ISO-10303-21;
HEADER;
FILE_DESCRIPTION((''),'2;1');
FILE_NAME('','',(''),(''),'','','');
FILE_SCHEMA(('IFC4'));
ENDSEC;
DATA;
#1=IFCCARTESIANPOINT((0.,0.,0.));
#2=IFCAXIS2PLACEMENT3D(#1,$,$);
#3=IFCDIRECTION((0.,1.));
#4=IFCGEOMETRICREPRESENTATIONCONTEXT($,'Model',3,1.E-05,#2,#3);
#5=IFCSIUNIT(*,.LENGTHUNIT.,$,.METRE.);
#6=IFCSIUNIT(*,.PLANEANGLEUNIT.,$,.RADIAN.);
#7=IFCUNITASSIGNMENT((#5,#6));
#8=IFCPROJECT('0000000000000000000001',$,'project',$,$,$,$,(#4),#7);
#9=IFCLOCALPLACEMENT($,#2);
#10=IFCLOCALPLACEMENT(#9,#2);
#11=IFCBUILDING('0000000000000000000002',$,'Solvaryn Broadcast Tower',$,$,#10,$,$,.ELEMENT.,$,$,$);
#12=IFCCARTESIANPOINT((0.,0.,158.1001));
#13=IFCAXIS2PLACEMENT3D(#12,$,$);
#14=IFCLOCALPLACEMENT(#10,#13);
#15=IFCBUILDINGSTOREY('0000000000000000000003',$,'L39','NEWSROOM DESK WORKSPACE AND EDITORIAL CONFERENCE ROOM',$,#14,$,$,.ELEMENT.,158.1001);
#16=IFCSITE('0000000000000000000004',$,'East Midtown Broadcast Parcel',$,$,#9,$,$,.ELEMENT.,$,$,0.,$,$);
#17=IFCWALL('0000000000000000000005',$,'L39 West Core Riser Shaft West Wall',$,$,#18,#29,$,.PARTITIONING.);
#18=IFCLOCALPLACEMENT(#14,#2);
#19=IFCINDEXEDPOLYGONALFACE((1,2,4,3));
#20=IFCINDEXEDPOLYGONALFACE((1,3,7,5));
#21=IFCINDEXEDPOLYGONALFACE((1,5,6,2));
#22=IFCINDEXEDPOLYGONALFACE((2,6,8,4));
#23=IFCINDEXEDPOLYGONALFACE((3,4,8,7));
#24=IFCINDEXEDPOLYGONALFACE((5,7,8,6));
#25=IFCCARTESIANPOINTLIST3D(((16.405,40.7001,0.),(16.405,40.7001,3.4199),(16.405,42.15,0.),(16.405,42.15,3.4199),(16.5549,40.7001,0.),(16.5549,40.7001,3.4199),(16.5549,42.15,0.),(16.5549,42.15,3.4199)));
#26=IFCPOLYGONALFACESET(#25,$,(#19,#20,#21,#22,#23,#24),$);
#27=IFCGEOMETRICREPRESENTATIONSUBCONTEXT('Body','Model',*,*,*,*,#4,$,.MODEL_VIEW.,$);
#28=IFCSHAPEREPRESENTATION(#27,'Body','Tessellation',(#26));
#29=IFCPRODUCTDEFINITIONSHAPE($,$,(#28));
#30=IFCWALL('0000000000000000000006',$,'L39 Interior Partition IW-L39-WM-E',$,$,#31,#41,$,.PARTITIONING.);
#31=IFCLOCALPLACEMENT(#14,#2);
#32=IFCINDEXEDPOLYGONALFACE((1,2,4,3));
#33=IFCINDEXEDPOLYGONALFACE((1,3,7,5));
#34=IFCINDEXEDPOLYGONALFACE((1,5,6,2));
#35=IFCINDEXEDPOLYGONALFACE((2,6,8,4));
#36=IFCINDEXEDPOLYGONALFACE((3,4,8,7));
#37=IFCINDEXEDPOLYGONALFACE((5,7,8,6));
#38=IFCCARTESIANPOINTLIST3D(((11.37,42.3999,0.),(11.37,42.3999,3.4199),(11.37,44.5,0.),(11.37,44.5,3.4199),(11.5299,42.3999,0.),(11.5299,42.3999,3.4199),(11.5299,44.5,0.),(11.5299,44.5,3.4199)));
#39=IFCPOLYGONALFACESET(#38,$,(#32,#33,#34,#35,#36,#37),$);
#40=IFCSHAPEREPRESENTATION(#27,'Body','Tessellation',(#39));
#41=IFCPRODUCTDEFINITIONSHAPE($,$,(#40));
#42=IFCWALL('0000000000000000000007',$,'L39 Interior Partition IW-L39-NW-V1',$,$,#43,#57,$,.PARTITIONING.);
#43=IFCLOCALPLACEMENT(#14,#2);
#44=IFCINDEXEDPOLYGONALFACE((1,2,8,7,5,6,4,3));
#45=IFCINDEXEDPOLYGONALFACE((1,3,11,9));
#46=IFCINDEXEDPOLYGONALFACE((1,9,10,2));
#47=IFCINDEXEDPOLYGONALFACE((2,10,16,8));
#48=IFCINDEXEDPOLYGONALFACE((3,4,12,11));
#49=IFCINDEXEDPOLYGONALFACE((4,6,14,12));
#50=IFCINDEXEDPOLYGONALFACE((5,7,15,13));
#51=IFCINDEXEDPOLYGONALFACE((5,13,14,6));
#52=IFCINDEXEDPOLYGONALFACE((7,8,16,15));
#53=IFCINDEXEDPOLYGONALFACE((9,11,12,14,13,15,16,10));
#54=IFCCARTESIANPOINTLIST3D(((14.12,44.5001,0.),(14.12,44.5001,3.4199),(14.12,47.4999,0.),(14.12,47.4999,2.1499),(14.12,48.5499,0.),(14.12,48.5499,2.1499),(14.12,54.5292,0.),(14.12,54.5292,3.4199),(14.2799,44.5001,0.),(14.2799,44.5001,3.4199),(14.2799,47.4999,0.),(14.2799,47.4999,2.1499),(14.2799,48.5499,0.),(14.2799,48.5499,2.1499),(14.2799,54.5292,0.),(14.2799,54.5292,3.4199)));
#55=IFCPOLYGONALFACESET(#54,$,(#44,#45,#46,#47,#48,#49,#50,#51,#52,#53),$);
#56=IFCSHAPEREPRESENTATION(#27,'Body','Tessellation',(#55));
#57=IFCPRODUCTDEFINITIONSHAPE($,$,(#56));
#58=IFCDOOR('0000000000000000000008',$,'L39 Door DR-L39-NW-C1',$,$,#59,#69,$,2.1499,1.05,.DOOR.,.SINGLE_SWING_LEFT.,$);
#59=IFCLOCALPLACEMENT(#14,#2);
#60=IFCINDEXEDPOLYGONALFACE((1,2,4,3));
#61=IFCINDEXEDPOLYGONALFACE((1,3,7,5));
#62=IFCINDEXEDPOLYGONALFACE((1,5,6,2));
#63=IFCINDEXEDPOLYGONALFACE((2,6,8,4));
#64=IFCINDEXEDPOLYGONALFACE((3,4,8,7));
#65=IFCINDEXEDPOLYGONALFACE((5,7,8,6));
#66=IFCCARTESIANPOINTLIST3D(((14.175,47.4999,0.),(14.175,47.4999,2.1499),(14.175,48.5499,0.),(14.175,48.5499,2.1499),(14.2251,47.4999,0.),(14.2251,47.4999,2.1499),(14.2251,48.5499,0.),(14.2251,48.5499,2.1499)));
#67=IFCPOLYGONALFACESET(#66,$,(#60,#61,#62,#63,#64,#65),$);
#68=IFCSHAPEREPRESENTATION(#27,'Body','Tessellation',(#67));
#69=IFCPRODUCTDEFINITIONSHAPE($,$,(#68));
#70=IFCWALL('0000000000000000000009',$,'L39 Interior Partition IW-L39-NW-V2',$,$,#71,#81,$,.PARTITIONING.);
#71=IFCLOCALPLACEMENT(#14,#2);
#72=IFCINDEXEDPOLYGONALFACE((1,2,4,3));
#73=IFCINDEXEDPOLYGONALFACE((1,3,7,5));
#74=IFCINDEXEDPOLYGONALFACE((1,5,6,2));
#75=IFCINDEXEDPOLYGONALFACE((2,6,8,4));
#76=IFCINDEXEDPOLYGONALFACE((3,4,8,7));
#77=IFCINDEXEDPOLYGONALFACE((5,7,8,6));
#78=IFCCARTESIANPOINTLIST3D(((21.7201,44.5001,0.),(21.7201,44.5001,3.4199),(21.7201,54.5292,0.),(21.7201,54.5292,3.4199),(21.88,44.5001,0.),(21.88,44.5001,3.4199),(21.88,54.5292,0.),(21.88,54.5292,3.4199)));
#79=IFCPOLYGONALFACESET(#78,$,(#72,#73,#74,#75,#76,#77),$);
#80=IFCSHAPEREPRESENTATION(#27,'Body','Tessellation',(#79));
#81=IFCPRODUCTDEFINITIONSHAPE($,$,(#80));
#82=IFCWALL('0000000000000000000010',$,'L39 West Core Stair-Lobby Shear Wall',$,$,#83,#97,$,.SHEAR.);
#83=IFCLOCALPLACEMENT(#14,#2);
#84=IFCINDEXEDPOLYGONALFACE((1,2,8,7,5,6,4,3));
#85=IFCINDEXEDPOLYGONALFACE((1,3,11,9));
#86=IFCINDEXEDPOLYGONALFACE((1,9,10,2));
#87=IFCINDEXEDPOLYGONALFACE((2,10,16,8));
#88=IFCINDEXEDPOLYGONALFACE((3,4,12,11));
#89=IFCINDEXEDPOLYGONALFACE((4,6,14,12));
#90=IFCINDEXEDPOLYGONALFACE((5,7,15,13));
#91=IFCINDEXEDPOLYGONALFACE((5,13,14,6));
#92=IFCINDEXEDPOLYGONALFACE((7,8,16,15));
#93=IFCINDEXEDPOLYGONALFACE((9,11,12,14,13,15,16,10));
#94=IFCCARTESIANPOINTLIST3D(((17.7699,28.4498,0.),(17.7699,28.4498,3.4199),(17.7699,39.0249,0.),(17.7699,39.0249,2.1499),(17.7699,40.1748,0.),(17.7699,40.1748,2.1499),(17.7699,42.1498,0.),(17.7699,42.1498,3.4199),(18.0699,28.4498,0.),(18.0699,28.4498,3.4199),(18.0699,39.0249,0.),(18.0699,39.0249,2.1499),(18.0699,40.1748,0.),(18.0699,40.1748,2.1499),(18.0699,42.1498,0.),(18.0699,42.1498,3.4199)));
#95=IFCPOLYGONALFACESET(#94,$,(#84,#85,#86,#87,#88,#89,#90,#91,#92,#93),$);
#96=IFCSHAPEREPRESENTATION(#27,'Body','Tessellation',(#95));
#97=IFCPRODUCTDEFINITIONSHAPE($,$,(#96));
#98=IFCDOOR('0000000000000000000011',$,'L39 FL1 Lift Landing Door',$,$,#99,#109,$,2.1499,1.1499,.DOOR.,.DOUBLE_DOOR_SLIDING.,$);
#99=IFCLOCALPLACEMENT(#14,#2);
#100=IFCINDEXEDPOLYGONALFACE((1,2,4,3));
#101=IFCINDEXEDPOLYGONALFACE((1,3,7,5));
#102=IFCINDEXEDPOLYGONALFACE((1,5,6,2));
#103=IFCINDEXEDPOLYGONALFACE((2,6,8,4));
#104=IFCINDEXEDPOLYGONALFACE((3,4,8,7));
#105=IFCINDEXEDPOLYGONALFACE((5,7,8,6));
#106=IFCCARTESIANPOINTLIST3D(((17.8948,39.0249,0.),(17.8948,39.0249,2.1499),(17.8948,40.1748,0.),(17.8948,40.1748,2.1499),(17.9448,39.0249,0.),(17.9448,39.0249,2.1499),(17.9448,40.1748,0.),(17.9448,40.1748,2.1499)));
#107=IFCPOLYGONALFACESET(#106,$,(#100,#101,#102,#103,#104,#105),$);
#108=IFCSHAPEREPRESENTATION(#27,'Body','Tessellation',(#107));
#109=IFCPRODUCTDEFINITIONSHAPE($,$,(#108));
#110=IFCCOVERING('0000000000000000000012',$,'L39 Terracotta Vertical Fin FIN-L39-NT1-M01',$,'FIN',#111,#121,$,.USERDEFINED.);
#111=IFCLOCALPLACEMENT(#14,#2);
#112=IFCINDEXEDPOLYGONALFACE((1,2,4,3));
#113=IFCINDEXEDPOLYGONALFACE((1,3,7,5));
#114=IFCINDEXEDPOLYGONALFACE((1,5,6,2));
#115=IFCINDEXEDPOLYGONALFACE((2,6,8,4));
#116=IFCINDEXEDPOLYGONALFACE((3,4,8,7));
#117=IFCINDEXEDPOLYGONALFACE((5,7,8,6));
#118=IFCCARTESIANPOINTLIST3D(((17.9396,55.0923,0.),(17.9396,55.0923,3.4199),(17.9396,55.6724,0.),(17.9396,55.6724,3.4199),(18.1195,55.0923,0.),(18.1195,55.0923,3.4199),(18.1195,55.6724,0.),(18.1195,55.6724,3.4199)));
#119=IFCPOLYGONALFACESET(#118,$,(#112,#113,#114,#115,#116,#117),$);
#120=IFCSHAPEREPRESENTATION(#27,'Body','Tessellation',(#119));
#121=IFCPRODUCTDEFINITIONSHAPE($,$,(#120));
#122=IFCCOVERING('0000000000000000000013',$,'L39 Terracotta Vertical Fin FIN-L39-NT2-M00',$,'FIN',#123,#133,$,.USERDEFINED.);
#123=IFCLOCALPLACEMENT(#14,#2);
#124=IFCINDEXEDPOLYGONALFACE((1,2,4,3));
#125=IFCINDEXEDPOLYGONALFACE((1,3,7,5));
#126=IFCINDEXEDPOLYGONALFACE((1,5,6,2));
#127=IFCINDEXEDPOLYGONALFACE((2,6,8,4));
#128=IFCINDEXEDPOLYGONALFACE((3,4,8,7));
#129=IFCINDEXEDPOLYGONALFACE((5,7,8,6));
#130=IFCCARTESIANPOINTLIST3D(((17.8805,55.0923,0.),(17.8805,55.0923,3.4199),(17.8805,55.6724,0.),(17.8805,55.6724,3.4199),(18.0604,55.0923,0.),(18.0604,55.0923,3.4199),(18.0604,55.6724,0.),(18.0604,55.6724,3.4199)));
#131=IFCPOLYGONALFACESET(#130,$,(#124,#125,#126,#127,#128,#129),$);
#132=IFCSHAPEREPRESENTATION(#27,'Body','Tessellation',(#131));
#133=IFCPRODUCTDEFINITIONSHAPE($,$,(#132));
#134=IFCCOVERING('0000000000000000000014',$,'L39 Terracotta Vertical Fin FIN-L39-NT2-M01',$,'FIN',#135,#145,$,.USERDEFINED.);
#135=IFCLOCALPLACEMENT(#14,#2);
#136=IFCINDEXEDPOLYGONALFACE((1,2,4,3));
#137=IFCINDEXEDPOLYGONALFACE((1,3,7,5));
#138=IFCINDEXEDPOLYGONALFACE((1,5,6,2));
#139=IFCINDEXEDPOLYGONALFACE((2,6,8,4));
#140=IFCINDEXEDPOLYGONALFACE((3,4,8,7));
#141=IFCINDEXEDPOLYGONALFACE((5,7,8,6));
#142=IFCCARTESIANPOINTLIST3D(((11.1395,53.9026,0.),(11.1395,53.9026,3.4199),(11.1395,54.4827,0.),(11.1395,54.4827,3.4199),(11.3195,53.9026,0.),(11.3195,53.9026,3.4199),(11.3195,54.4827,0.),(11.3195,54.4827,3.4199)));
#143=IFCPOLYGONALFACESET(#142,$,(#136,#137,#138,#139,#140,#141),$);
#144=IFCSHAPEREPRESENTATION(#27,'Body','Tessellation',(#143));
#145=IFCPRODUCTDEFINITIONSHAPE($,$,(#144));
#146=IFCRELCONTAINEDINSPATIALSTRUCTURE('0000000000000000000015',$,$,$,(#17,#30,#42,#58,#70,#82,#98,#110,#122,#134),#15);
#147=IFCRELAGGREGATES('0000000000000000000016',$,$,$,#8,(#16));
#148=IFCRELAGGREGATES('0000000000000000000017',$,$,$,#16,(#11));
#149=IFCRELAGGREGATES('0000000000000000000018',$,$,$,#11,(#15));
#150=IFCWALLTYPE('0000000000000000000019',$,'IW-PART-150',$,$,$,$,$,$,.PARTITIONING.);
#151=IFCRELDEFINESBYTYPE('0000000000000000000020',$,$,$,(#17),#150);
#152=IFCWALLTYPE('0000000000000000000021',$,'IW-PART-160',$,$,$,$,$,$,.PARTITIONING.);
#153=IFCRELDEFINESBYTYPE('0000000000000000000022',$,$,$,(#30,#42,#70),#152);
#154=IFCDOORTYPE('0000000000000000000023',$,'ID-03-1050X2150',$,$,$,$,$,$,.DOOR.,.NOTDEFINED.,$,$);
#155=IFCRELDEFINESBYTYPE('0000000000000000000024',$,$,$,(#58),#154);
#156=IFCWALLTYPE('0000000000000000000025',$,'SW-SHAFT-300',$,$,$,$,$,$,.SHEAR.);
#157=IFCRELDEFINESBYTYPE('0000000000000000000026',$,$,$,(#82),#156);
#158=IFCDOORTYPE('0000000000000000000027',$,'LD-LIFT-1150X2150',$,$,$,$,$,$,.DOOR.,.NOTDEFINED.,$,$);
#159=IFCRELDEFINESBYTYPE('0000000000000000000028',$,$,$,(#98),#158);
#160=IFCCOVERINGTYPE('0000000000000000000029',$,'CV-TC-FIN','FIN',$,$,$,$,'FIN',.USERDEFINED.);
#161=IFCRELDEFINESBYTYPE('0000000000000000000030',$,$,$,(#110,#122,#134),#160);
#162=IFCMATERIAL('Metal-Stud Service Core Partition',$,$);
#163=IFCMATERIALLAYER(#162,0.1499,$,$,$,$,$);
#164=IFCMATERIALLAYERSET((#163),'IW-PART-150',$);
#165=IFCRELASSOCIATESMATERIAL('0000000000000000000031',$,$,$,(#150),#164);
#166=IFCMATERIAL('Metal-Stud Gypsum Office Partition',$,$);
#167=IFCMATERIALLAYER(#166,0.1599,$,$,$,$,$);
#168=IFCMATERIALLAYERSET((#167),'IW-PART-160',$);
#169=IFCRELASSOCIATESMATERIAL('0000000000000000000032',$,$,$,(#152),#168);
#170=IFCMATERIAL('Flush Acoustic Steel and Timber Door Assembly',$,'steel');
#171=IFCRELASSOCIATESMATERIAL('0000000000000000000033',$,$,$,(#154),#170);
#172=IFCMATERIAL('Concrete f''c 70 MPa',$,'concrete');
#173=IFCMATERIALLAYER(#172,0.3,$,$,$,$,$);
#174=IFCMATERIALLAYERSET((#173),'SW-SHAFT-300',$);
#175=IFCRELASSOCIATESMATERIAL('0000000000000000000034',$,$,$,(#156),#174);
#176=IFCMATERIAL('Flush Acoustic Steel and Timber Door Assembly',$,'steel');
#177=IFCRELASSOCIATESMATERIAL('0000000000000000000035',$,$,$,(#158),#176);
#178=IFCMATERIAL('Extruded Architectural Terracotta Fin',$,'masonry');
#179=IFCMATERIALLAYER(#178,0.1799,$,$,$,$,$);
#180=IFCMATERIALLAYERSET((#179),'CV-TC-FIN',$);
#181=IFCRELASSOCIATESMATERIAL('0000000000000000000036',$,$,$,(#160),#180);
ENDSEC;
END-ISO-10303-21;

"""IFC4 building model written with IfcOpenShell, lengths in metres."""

from ifc_helpers import new_model, si_unit, direction, frame, frame_2d, origin, origin_2d, place, context, subcontext, project, spatial, rectangle, extrude, material, layer, layer_set, type_object, element, fill, save


model = new_model("IFC4")

# Units and contexts
model_context = context("Model", 3, precision=1e-05, world=origin(), true_north=direction((0.0, 1.0)))
body_context = subcontext(model_context, "Body", "Model", "MODEL_VIEW")
ifc_project = project(units=[si_unit("LENGTHUNIT", "METRE"), si_unit("PLANEANGLEUNIT", "RADIAN")], contexts=[model_context])

# Site, building, storey
site_placement = place(None, origin())
site = spatial("IfcSite", under=ifc_project, at=site_placement, Name="East Midtown Broadcast Parcel", CompositionType="ELEMENT", RefElevation=0.0)
building_placement = place(site_placement, origin())
building = spatial("IfcBuilding", under=site, at=building_placement, Name="Solvaryn Broadcast Tower", CompositionType="ELEMENT")
storey_placement = place(building_placement, frame((0.0, 0.0, 158.1001)))
storey = spatial("IfcBuildingStorey", under=building, at=storey_placement, Name="L39", Description="NEWSROOM DESK WORKSPACE AND EDITORIAL CONFERENCE ROOM", CompositionType="ELEMENT", Elevation=158.1001)

# Walls
ifc_material_1 = material(Name="Metal-Stud Service Core Partition")
ifc_layer_1 = layer(ifc_material_1, 0.1499)
ifc_layer_set_1 = layer_set([ifc_layer_1], Name="IW-PART-150")
wall_type_1 = type_object("IfcWallType", Name="IW-PART-150", PredefinedType="PARTITIONING", material=ifc_layer_set_1)
wall_1_placement = place(storey_placement, frame((16.48, 40.7, 0.0), z_axis=(0.0, 0.0, 1.0), x_axis=(0.0, 1.0, 0.0)))
element("IfcWall", 1, at=wall_1_placement, inside=storey, type_object=wall_type_1, Name="L39 West Core Riser Shaft West Wall", PredefinedType="PARTITIONING", context=body_context, shape_type="SweptSolid", body=[
    extrude(rectangle(XDim=1.45, YDim=0.1499, at=frame_2d((0.7251, 0.0))), origin(), (0.0, 0.0, 1.0), 3.4199),
])
ifc_material_2 = material(Name="Metal-Stud Gypsum Office Partition")
ifc_layer_2 = layer(ifc_material_2, 0.1599)
ifc_layer_set_2 = layer_set([ifc_layer_2], Name="IW-PART-160")
wall_type_2 = type_object("IfcWallType", Name="IW-PART-160", PredefinedType="PARTITIONING", material=ifc_layer_set_2)
wall_2_placement = place(storey_placement, frame((11.45, 42.3999, 0.0), z_axis=(0.0, 0.0, 1.0), x_axis=(0.0, 1.0, 0.0)))
element("IfcWall", 2, at=wall_2_placement, inside=storey, type_object=wall_type_2, Name="L39 Interior Partition IW-L39-WM-E", PredefinedType="PARTITIONING", context=body_context, shape_type="SweptSolid", body=[
    extrude(rectangle(XDim=2.1001, YDim=0.1599, at=frame_2d((1.05, 0.0))), origin(), (0.0, 0.0, 1.0), 3.4199),
])

# Wall, opening, door
wall_3_placement = place(storey_placement, frame((14.2, 44.5, 0.0), z_axis=(0.0, 0.0, 1.0), x_axis=(0.0, 1.0, 0.0)))
wall_3 = element("IfcWall", 3, at=wall_3_placement, inside=storey, type_object=wall_type_2, Name="L39 Interior Partition IW-L39-NW-V1", PredefinedType="PARTITIONING", context=body_context, shape_type="SweptSolid", body=[
    extrude(rectangle(XDim=10.0291, YDim=0.1599, at=frame_2d((5.0146, 0.0))), origin(), (0.0, 0.0, 1.0), 3.4199),
])
opening_1_placement = place(wall_3_placement, frame((3.0, 0.0, 0.0)))
opening_1 = element("IfcOpeningElement", 4, at=opening_1_placement, cuts=wall_3, PredefinedType="OPENING", context=body_context, shape_type="SweptSolid", body=[
    extrude(rectangle(XDim=1.05, YDim=2.1499, at=frame_2d((0.5249, 1.075))), frame((0.0, 0.0901, 0.0), z_axis=(0.0, -1.0, 0.0), x_axis=(1.0, 0.0, 0.0)), (0.0, 0.0, 1.0), 0.1799),
])
ifc_material_3 = material(Name="Flush Acoustic Steel and Timber Door Assembly", Category="steel")
door_type_1 = type_object("IfcDoorType", Name="ID-03-1050X2150", OperationType="NOTDEFINED", PredefinedType="DOOR", material=ifc_material_3)
door_1_placement = place(opening_1_placement, origin())
door_1 = element("IfcDoor", 5, at=door_1_placement, inside=storey, type_object=door_type_1, Name="L39 Door DR-L39-NW-C1", OperationType="SINGLE_SWING_LEFT", OverallHeight=2.1499, OverallWidth=1.05, PredefinedType="DOOR", context=body_context, shape_type="SweptSolid", body=[
    extrude(rectangle(XDim=1.05, YDim=2.1499, at=frame_2d((0.5249, 1.075))), frame((0.0, 0.0249, 0.0), z_axis=(0.0, -1.0, 0.0), x_axis=(1.0, 0.0, 0.0)), (0.0, 0.0, 1.0), 0.05),
])
fill(opening_1, door_1)

# Wall
wall_4_placement = place(storey_placement, frame((21.8, 44.5, 0.0), z_axis=(0.0, 0.0, 1.0), x_axis=(0.0, 1.0, 0.0)))
element("IfcWall", 6, at=wall_4_placement, inside=storey, type_object=wall_type_2, Name="L39 Interior Partition IW-L39-NW-V2", PredefinedType="PARTITIONING", context=body_context, shape_type="SweptSolid", body=[
    extrude(rectangle(XDim=10.0291, YDim=0.1599, at=frame_2d((5.0146, 0.0))), origin(), (0.0, 0.0, 1.0), 3.4199),
])

# Wall, opening, door
ifc_material_4 = material(Name="Concrete f'c 70 MPa", Category="concrete")
ifc_layer_3 = layer(ifc_material_4, 0.3)
ifc_layer_set_3 = layer_set([ifc_layer_3], Name="SW-SHAFT-300")
wall_type_3 = type_object("IfcWallType", Name="SW-SHAFT-300", PredefinedType="SHEAR", material=ifc_layer_set_3)
wall_5_placement = place(storey_placement, frame((17.9199, 42.1499, 0.0), z_axis=(0.0, 0.0, 1.0), x_axis=(0.0, -1.0, 0.0)))
wall_5 = element("IfcWall", 7, at=wall_5_placement, inside=storey, type_object=wall_type_3, Name="L39 West Core Stair-Lobby Shear Wall", PredefinedType="SHEAR", context=body_context, shape_type="SweptSolid", body=[
    extrude(rectangle(XDim=13.7, YDim=0.3, at=frame_2d((6.8501, 0.0))), origin(), (0.0, 0.0, 1.0), 3.4199),
])
opening_2_placement = place(wall_5_placement, frame((1.9751, 0.0, 0.0)))
opening_2 = element("IfcOpeningElement", 8, at=opening_2_placement, cuts=wall_5, PredefinedType="OPENING", context=body_context, shape_type="SweptSolid", body=[
    extrude(rectangle(XDim=1.1499, YDim=2.1499, at=frame_2d((0.575, 1.075))), frame((0.0, 0.1599, 0.0), z_axis=(0.0, -1.0, 0.0), x_axis=(1.0, 0.0, 0.0)), (0.0, 0.0, 1.0), 0.3201),
])
ifc_material_5 = material(Name="Flush Acoustic Steel and Timber Door Assembly", Category="steel")
door_type_2 = type_object("IfcDoorType", Name="LD-LIFT-1150X2150", OperationType="NOTDEFINED", PredefinedType="DOOR", material=ifc_material_5)
door_2_placement = place(opening_2_placement, origin())
door_2 = element("IfcDoor", 9, at=door_2_placement, inside=storey, type_object=door_type_2, Name="L39 FL1 Lift Landing Door", OperationType="DOUBLE_DOOR_SLIDING", OverallHeight=2.1499, OverallWidth=1.1499, PredefinedType="DOOR", context=body_context, shape_type="SweptSolid", body=[
    extrude(rectangle(XDim=1.1499, YDim=2.1499, at=frame_2d((0.575, 1.075))), frame((0.0, 0.0249, 0.0), z_axis=(0.0, -1.0, 0.0), x_axis=(1.0, 0.0, 0.0)), (0.0, 0.0, 1.0), 0.05),
])
fill(opening_2, door_2)

# Coverings
ifc_material_6 = material(Name="Extruded Architectural Terracotta Fin", Category="masonry")
ifc_layer_4 = layer(ifc_material_6, 0.1799)
ifc_layer_set_4 = layer_set([ifc_layer_4], Name="CV-TC-FIN")
covering_type = type_object("IfcCoveringType", Name="CV-TC-FIN", Description="FIN", ElementType="FIN", PredefinedType="USERDEFINED", material=ifc_layer_set_4)
for number, where, z_axis, x_axis, name in (
    (10, (18.0295, 55.3823, 0.0), (0.0, 0.0, 1.0), (1.0, 0.0, 0.0), "L39 Terracotta Vertical Fin FIN-L39-NT1-M01"),
    (11, (17.9705, 55.3823, 0.0), (0.0, 0.0, 1.0), (1.0, 0.0, 0.0), "L39 Terracotta Vertical Fin FIN-L39-NT2-M00"),
    (12, (11.2295, 54.1926, 0.0), (0.0, 0.0, 1.0), (1.0, 0.0, 0.0), "L39 Terracotta Vertical Fin FIN-L39-NT2-M01"),
):
    element("IfcCovering", number, at=place(storey_placement, frame(where, z_axis=z_axis, x_axis=x_axis)), inside=storey, type_object=covering_type, Name=name, ObjectType="FIN", PredefinedType="USERDEFINED", context=body_context, shape_type="SweptSolid", body=[
        extrude(rectangle(XDim=0.1799, YDim=0.5801, at=origin_2d()), origin(), (0.0, 0.0, 1.0), 3.4199),
    ])

save(model, "model.ifc")
